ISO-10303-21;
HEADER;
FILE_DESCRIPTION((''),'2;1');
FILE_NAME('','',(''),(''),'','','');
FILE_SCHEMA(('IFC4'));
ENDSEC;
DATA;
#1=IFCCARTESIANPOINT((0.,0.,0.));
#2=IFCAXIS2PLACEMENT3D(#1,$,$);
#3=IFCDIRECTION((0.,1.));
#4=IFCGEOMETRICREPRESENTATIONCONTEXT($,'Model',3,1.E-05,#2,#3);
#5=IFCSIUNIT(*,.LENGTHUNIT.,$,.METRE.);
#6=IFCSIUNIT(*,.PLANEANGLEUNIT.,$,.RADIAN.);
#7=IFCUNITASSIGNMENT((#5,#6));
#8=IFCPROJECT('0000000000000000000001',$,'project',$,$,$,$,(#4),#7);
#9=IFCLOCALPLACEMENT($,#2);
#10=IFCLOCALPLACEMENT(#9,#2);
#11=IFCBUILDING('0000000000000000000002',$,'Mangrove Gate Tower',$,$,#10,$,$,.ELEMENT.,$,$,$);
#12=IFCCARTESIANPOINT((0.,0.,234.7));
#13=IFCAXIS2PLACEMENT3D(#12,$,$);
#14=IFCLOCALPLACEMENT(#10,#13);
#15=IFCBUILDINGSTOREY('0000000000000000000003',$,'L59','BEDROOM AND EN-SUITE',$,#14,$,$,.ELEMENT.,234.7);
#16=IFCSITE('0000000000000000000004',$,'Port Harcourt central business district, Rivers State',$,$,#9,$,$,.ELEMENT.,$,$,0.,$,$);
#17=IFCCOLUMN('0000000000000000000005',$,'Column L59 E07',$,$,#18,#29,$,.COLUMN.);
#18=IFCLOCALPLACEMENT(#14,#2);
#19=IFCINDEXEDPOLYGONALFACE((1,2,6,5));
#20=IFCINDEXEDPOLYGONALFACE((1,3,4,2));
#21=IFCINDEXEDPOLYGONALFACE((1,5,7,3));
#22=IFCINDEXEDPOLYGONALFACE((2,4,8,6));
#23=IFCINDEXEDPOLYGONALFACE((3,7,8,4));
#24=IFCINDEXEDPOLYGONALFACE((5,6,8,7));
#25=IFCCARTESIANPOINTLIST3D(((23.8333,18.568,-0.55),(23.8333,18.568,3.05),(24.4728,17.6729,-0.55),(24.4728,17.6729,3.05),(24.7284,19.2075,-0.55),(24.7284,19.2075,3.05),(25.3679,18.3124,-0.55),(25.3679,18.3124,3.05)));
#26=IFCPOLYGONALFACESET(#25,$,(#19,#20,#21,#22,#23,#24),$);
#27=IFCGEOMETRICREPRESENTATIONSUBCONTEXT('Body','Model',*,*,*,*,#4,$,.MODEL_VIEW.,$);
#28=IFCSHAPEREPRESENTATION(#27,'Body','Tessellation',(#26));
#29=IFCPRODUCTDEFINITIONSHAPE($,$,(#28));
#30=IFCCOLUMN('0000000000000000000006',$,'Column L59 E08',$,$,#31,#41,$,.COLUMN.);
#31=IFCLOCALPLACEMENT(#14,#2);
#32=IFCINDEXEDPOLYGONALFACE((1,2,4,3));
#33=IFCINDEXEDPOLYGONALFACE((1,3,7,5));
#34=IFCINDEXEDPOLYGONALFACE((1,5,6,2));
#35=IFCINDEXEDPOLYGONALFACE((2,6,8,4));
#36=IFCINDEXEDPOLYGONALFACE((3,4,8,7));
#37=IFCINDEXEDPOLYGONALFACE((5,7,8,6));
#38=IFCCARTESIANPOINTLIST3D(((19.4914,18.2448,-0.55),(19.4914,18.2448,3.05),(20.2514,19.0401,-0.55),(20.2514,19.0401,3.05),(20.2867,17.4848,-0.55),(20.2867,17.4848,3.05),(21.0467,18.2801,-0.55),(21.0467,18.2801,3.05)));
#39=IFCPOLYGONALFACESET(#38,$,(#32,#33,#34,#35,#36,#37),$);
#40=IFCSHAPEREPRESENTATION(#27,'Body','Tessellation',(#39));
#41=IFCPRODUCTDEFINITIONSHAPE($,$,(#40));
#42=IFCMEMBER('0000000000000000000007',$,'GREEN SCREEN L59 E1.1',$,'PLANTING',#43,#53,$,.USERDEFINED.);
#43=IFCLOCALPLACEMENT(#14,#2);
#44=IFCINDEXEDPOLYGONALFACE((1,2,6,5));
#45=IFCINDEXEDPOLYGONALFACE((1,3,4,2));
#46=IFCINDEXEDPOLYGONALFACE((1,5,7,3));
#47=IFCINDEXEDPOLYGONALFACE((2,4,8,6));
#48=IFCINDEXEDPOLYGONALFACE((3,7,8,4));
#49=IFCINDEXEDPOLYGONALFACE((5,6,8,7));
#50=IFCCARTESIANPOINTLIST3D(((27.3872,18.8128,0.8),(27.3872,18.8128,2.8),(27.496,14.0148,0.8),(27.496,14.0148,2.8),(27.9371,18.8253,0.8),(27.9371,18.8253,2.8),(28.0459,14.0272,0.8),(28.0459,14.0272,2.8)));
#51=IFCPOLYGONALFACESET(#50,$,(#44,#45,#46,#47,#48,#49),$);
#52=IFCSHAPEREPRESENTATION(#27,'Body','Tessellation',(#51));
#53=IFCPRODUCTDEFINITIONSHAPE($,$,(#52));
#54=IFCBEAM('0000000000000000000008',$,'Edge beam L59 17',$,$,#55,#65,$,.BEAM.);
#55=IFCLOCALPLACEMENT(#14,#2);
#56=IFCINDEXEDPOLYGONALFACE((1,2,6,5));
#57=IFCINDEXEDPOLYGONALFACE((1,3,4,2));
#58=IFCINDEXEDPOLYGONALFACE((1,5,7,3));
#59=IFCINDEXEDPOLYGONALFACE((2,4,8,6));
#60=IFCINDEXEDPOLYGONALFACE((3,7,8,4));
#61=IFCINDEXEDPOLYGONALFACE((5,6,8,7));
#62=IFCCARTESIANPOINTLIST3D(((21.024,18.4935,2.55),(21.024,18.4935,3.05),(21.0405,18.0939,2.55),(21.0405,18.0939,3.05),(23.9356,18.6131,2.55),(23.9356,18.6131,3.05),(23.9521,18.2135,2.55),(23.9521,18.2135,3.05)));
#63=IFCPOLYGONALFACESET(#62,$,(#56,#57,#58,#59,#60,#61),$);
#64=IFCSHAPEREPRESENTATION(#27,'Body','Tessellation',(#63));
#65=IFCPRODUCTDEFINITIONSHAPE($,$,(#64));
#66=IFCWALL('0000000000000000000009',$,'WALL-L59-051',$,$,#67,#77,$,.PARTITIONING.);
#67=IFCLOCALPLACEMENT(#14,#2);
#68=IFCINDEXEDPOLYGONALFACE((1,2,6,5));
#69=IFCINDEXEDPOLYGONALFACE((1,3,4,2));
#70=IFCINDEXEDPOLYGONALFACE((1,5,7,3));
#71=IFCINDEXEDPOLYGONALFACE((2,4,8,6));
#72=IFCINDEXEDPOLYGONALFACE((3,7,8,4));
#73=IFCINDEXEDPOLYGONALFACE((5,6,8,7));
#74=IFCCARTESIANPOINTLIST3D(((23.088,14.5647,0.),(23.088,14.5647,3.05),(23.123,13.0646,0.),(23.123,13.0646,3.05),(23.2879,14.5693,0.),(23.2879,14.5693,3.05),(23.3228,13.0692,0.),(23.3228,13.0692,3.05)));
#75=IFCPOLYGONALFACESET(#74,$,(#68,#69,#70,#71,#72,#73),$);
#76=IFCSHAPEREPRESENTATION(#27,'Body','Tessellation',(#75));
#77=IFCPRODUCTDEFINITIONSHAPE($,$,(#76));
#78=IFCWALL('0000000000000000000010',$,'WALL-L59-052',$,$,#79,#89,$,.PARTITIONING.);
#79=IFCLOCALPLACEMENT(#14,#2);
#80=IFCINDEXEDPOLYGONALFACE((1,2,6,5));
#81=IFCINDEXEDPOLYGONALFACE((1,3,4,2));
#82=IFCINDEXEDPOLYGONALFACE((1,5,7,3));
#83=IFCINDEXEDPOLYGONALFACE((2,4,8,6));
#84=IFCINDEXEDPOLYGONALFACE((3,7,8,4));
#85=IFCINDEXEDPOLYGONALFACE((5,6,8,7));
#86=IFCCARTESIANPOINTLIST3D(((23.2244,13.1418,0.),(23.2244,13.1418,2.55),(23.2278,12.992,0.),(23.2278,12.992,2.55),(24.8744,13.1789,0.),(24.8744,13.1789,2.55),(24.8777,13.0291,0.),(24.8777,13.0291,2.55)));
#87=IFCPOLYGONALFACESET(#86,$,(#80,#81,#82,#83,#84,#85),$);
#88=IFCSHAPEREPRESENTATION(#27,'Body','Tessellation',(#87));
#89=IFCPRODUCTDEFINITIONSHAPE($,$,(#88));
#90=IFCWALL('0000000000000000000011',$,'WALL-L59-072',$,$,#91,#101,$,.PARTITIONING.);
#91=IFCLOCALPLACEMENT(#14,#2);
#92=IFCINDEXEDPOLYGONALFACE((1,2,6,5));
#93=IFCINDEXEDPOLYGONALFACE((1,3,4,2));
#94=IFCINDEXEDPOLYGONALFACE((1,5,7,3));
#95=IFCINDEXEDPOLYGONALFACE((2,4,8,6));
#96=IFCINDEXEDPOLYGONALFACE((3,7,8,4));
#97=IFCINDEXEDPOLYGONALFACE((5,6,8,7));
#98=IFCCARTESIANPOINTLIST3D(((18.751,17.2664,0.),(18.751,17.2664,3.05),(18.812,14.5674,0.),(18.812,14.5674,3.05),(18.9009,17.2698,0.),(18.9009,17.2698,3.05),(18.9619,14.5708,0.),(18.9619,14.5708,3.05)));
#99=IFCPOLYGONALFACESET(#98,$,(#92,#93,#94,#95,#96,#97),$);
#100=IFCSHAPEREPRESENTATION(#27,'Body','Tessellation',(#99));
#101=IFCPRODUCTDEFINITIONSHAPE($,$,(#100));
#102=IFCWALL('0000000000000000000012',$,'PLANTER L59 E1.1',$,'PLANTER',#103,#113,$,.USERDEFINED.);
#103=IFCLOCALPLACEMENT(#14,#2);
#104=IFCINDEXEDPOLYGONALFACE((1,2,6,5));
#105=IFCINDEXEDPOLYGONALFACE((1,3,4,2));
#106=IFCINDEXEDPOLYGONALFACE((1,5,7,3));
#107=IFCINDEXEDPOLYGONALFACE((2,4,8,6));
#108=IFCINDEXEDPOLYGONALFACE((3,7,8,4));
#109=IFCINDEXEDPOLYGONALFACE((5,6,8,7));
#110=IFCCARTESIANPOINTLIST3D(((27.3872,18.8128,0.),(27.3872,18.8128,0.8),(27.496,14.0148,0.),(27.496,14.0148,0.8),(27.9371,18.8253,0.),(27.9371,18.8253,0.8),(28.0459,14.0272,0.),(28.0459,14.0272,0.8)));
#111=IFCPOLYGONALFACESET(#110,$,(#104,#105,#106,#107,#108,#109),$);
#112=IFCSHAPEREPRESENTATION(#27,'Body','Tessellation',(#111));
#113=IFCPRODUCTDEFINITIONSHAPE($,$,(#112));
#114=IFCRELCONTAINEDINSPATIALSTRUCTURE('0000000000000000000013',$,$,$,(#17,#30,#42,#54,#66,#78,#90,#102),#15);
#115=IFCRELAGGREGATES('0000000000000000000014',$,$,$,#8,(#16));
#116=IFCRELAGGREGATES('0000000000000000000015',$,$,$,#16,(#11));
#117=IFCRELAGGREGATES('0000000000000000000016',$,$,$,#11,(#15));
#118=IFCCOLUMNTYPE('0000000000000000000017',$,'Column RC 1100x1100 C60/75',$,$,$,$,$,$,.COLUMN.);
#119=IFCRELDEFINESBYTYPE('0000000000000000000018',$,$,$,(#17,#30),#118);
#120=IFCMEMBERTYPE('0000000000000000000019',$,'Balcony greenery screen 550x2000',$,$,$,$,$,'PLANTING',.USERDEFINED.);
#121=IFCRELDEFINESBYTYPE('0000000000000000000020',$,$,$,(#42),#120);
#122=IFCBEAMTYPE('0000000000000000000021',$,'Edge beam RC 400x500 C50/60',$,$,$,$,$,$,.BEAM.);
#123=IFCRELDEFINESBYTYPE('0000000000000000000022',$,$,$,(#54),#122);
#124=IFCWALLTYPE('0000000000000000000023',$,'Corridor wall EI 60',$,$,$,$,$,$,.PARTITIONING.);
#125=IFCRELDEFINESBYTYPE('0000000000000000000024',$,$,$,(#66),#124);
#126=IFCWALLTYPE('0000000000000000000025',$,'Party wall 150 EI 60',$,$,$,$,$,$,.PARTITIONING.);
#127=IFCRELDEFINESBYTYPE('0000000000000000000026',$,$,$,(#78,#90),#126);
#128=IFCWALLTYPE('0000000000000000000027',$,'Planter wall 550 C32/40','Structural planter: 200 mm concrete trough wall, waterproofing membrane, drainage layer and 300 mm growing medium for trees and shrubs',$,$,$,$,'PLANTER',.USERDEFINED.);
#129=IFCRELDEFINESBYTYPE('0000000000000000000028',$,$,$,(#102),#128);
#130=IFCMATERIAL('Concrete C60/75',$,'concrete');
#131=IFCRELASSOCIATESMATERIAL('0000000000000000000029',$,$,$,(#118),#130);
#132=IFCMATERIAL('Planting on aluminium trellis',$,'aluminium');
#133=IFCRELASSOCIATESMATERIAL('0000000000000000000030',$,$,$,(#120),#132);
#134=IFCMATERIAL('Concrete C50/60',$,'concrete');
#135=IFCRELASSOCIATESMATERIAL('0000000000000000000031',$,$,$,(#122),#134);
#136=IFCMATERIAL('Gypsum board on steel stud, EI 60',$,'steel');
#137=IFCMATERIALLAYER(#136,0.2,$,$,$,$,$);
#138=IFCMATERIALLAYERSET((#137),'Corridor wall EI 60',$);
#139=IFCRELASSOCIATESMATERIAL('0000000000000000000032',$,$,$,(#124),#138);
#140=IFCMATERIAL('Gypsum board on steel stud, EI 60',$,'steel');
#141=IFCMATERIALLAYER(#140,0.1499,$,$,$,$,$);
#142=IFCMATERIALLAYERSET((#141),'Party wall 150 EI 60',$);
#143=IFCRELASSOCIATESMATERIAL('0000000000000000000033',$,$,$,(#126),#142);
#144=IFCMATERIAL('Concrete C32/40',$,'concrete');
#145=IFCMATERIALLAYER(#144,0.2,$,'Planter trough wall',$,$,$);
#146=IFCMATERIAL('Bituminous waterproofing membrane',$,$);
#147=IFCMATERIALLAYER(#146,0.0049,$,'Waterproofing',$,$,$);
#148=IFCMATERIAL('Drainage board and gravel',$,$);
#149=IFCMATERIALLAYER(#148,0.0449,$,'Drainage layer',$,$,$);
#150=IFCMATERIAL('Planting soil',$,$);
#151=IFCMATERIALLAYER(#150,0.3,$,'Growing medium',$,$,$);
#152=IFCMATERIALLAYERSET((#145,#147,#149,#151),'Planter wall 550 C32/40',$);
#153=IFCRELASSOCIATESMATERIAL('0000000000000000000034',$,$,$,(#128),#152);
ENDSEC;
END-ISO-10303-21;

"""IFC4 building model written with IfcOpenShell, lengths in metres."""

from ifc_helpers import new_model, si_unit, direction, frame, frame_2d, origin, origin_2d, place, context, subcontext, project, spatial, rectangle, extrude, material, layer, layer_set, material_profile, profile_set, type_object, element, save


model = new_model("IFC4")

# Units and contexts
model_context = context("Model", 3, precision=1e-05, world=origin(), true_north=direction((0.0, 1.0)))
body_context = subcontext(model_context, "Body", "Model", "MODEL_VIEW")
ifc_project = project(units=[si_unit("LENGTHUNIT", "METRE"), si_unit("PLANEANGLEUNIT", "RADIAN")], contexts=[model_context])

# Site, building, storey
site_placement = place(None, origin())
site = spatial("IfcSite", under=ifc_project, at=site_placement, Name="Port Harcourt central business district, Rivers State", CompositionType="ELEMENT", RefElevation=0.0)
building_placement = place(site_placement, origin())
building = spatial("IfcBuilding", under=site, at=building_placement, Name="Mangrove Gate Tower", CompositionType="ELEMENT")
storey_placement = place(building_placement, frame((0.0, 0.0, 234.7)))
storey = spatial("IfcBuildingStorey", under=building, at=storey_placement, Name="L59", Description="BEDROOM AND EN-SUITE", CompositionType="ELEMENT", Elevation=234.7)

# Columns
ifc_material_1 = material(Name="Concrete C60/75", Category="concrete")
ifc_material_profile_1 = material_profile(ifc_material_1, rectangle(XDim=1.1001, YDim=1.1001, at=origin_2d()))
ifc_profile_set_1 = profile_set([ifc_material_profile_1], Name="Concrete C60/75")
column_type = type_object("IfcColumnType", Name="Column RC 1100x1100 C60/75", PredefinedType="COLUMN", material=ifc_profile_set_1)
for number, where, z_axis, x_axis, name in (
    (1, (24.6006, 18.4402, -0.55), (0.0, 0.0, 1.0), (-0.581359, 0.813647, 0.0), "Column L59 E07"),
    (2, (20.269, 18.2625, -0.55), (0.0, 0.0, 1.0), (-0.722994, 0.690854, 0.0), "Column L59 E08"),
):
    element("IfcColumn", number, at=place(storey_placement, frame(where, z_axis=z_axis, x_axis=x_axis)), inside=storey, type_object=column_type, Name=name, PredefinedType="COLUMN", context=body_context, shape_type="SweptSolid", body=[
        extrude(rectangle(XDim=1.1001, YDim=1.1001, at=origin_2d()), origin(), (0.0, 0.0, 1.0), 3.6001),
    ])

# Member
ifc_material_2 = material(Name="Planting on aluminium trellis", Category="aluminium")
ifc_material_profile_2 = material_profile(ifc_material_2, rectangle(XDim=0.55, YDim=2.0, at=origin_2d()))
ifc_profile_set_2 = profile_set([ifc_material_profile_2], Name="Planting on aluminium trellis")
member_type = type_object("IfcMemberType", Name="Balcony greenery screen 550x2000", ElementType="PLANTING", PredefinedType="USERDEFINED", material=ifc_profile_set_2)
member_placement = place(storey_placement, frame((27.771, 14.021, 1.8), z_axis=(-0.022688, 0.999743, 0.0), x_axis=(-0.999743, -0.022688, 0.0)))
element("IfcMember", 3, at=member_placement, inside=storey, type_object=member_type, Name="GREEN SCREEN L59 E1.1", ObjectType="PLANTING", PredefinedType="USERDEFINED", context=body_context, shape_type="SweptSolid", body=[
    extrude(rectangle(XDim=0.55, YDim=2.0, at=origin_2d()), origin(), (0.0, 0.0, 1.0), 4.7993),
])

# Beam
ifc_material_3 = material(Name="Concrete C50/60", Category="concrete")
ifc_material_profile_3 = material_profile(ifc_material_3, rectangle(XDim=0.3999, YDim=0.5, at=origin_2d()))
ifc_profile_set_3 = profile_set([ifc_material_profile_3], Name="Concrete C50/60")
beam_type = type_object("IfcBeamType", Name="Edge beam RC 400x500 C50/60", PredefinedType="BEAM", material=ifc_profile_set_3)
beam_placement = place(storey_placement, frame((23.9438, 18.4133, 2.8), z_axis=(-0.999157, -0.041052, 0.0), x_axis=(0.041052, -0.999157, 0.0)))
element("IfcBeam", 4, at=beam_placement, inside=storey, type_object=beam_type, Name="Edge beam L59 17", PredefinedType="BEAM", context=body_context, shape_type="SweptSolid", body=[
    extrude(rectangle(XDim=0.3999, YDim=0.5, at=origin_2d()), origin(), (0.0, 0.0, 1.0), 2.9141),
])

# Walls
ifc_material_4 = material(Name="Gypsum board on steel stud, EI 60", Category="steel")
ifc_layer_1 = layer(ifc_material_4, 0.2)
ifc_layer_set_1 = layer_set([ifc_layer_1], Name="Corridor wall EI 60")
wall_type_1 = type_object("IfcWallType", Name="Corridor wall EI 60", PredefinedType="PARTITIONING", material=ifc_layer_set_1)
wall_1_placement = place(storey_placement, frame((23.2229, 13.0669, 0.0), z_axis=(0.0, 0.0, 1.0), x_axis=(-0.023268, 0.999729, 0.0)))
element("IfcWall", 5, at=wall_1_placement, inside=storey, type_object=wall_type_1, Name="WALL-L59-051", PredefinedType="PARTITIONING", context=body_context, shape_type="SweptSolid", body=[
    extrude(rectangle(XDim=1.5005, YDim=0.2, at=frame_2d((0.7502, 0.0))), origin(), (0.0, 0.0, 1.0), 3.05),
])
ifc_material_5 = material(Name="Gypsum board on steel stud, EI 60", Category="steel")
ifc_layer_2 = layer(ifc_material_5, 0.1499)
ifc_layer_set_2 = layer_set([ifc_layer_2], Name="Party wall 150 EI 60")
wall_type_2 = type_object("IfcWallType", Name="Party wall 150 EI 60", PredefinedType="PARTITIONING", material=ifc_layer_set_2)
wall_2_placement = place(storey_placement, frame((23.2261, 13.0669, 0.0), z_axis=(0.0, 0.0, 1.0), x_axis=(0.999747, 0.022486, 0.0)))
element("IfcWall", 6, at=wall_2_placement, inside=storey, type_object=wall_type_2, Name="WALL-L59-052", PredefinedType="PARTITIONING", context=body_context, shape_type="SweptSolid", body=[
    extrude(rectangle(XDim=1.6504, YDim=0.1499, at=frame_2d((0.8252, 0.0))), origin(), (0.0, 0.0, 1.0), 2.55),
])
wall_3_placement = place(storey_placement, frame((18.887, 14.5691, 0.0), z_axis=(0.0, 0.0, 1.0), x_axis=(-0.022608, 0.999744, 0.0)))
element("IfcWall", 7, at=wall_3_placement, inside=storey, type_object=wall_type_2, Name="WALL-L59-072", PredefinedType="PARTITIONING", context=body_context, shape_type="SweptSolid", body=[
    extrude(rectangle(XDim=2.6997, YDim=0.1499, at=frame_2d((1.3499, 0.0))), origin(), (0.0, 0.0, 1.0), 3.05),
])
ifc_material_6 = material(Name="Concrete C32/40", Category="concrete")
ifc_layer_3 = layer(ifc_material_6, 0.2, Name="Planter trough wall")
ifc_material_7 = material(Name="Bituminous waterproofing membrane")
ifc_layer_4 = layer(ifc_material_7, 0.0049, Name="Waterproofing")
ifc_material_8 = material(Name="Drainage board and gravel")
ifc_layer_5 = layer(ifc_material_8, 0.0449, Name="Drainage layer")
ifc_material_9 = material(Name="Planting soil")
ifc_layer_6 = layer(ifc_material_9, 0.3, Name="Growing medium")
ifc_layer_set_3 = layer_set([ifc_layer_3, ifc_layer_4, ifc_layer_5, ifc_layer_6], Name="Planter wall 550 C32/40")
wall_type_3 = type_object("IfcWallType", Name="Planter wall 550 C32/40", Description="Structural planter: 200 mm concrete trough wall, waterproofing membrane, drainage layer and 300 mm growing medium for trees and shrubs", ElementType="PLANTER", PredefinedType="USERDEFINED", material=ifc_layer_set_3)
wall_4_placement = place(storey_placement, frame((27.771, 14.021, 0.0), z_axis=(0.0, 0.0, 1.0), x_axis=(-0.022688, 0.999743, 0.0)))
element("IfcWall", 8, at=wall_4_placement, inside=storey, type_object=wall_type_3, Name="PLANTER L59 E1.1", ObjectType="PLANTER", PredefinedType="USERDEFINED", context=body_context, shape_type="SweptSolid", body=[
    extrude(rectangle(XDim=4.7993, YDim=0.55, at=frame_2d((2.3997, 0.0))), origin(), (0.0, 0.0, 1.0), 0.8),
])

save(model, "model.ifc")
